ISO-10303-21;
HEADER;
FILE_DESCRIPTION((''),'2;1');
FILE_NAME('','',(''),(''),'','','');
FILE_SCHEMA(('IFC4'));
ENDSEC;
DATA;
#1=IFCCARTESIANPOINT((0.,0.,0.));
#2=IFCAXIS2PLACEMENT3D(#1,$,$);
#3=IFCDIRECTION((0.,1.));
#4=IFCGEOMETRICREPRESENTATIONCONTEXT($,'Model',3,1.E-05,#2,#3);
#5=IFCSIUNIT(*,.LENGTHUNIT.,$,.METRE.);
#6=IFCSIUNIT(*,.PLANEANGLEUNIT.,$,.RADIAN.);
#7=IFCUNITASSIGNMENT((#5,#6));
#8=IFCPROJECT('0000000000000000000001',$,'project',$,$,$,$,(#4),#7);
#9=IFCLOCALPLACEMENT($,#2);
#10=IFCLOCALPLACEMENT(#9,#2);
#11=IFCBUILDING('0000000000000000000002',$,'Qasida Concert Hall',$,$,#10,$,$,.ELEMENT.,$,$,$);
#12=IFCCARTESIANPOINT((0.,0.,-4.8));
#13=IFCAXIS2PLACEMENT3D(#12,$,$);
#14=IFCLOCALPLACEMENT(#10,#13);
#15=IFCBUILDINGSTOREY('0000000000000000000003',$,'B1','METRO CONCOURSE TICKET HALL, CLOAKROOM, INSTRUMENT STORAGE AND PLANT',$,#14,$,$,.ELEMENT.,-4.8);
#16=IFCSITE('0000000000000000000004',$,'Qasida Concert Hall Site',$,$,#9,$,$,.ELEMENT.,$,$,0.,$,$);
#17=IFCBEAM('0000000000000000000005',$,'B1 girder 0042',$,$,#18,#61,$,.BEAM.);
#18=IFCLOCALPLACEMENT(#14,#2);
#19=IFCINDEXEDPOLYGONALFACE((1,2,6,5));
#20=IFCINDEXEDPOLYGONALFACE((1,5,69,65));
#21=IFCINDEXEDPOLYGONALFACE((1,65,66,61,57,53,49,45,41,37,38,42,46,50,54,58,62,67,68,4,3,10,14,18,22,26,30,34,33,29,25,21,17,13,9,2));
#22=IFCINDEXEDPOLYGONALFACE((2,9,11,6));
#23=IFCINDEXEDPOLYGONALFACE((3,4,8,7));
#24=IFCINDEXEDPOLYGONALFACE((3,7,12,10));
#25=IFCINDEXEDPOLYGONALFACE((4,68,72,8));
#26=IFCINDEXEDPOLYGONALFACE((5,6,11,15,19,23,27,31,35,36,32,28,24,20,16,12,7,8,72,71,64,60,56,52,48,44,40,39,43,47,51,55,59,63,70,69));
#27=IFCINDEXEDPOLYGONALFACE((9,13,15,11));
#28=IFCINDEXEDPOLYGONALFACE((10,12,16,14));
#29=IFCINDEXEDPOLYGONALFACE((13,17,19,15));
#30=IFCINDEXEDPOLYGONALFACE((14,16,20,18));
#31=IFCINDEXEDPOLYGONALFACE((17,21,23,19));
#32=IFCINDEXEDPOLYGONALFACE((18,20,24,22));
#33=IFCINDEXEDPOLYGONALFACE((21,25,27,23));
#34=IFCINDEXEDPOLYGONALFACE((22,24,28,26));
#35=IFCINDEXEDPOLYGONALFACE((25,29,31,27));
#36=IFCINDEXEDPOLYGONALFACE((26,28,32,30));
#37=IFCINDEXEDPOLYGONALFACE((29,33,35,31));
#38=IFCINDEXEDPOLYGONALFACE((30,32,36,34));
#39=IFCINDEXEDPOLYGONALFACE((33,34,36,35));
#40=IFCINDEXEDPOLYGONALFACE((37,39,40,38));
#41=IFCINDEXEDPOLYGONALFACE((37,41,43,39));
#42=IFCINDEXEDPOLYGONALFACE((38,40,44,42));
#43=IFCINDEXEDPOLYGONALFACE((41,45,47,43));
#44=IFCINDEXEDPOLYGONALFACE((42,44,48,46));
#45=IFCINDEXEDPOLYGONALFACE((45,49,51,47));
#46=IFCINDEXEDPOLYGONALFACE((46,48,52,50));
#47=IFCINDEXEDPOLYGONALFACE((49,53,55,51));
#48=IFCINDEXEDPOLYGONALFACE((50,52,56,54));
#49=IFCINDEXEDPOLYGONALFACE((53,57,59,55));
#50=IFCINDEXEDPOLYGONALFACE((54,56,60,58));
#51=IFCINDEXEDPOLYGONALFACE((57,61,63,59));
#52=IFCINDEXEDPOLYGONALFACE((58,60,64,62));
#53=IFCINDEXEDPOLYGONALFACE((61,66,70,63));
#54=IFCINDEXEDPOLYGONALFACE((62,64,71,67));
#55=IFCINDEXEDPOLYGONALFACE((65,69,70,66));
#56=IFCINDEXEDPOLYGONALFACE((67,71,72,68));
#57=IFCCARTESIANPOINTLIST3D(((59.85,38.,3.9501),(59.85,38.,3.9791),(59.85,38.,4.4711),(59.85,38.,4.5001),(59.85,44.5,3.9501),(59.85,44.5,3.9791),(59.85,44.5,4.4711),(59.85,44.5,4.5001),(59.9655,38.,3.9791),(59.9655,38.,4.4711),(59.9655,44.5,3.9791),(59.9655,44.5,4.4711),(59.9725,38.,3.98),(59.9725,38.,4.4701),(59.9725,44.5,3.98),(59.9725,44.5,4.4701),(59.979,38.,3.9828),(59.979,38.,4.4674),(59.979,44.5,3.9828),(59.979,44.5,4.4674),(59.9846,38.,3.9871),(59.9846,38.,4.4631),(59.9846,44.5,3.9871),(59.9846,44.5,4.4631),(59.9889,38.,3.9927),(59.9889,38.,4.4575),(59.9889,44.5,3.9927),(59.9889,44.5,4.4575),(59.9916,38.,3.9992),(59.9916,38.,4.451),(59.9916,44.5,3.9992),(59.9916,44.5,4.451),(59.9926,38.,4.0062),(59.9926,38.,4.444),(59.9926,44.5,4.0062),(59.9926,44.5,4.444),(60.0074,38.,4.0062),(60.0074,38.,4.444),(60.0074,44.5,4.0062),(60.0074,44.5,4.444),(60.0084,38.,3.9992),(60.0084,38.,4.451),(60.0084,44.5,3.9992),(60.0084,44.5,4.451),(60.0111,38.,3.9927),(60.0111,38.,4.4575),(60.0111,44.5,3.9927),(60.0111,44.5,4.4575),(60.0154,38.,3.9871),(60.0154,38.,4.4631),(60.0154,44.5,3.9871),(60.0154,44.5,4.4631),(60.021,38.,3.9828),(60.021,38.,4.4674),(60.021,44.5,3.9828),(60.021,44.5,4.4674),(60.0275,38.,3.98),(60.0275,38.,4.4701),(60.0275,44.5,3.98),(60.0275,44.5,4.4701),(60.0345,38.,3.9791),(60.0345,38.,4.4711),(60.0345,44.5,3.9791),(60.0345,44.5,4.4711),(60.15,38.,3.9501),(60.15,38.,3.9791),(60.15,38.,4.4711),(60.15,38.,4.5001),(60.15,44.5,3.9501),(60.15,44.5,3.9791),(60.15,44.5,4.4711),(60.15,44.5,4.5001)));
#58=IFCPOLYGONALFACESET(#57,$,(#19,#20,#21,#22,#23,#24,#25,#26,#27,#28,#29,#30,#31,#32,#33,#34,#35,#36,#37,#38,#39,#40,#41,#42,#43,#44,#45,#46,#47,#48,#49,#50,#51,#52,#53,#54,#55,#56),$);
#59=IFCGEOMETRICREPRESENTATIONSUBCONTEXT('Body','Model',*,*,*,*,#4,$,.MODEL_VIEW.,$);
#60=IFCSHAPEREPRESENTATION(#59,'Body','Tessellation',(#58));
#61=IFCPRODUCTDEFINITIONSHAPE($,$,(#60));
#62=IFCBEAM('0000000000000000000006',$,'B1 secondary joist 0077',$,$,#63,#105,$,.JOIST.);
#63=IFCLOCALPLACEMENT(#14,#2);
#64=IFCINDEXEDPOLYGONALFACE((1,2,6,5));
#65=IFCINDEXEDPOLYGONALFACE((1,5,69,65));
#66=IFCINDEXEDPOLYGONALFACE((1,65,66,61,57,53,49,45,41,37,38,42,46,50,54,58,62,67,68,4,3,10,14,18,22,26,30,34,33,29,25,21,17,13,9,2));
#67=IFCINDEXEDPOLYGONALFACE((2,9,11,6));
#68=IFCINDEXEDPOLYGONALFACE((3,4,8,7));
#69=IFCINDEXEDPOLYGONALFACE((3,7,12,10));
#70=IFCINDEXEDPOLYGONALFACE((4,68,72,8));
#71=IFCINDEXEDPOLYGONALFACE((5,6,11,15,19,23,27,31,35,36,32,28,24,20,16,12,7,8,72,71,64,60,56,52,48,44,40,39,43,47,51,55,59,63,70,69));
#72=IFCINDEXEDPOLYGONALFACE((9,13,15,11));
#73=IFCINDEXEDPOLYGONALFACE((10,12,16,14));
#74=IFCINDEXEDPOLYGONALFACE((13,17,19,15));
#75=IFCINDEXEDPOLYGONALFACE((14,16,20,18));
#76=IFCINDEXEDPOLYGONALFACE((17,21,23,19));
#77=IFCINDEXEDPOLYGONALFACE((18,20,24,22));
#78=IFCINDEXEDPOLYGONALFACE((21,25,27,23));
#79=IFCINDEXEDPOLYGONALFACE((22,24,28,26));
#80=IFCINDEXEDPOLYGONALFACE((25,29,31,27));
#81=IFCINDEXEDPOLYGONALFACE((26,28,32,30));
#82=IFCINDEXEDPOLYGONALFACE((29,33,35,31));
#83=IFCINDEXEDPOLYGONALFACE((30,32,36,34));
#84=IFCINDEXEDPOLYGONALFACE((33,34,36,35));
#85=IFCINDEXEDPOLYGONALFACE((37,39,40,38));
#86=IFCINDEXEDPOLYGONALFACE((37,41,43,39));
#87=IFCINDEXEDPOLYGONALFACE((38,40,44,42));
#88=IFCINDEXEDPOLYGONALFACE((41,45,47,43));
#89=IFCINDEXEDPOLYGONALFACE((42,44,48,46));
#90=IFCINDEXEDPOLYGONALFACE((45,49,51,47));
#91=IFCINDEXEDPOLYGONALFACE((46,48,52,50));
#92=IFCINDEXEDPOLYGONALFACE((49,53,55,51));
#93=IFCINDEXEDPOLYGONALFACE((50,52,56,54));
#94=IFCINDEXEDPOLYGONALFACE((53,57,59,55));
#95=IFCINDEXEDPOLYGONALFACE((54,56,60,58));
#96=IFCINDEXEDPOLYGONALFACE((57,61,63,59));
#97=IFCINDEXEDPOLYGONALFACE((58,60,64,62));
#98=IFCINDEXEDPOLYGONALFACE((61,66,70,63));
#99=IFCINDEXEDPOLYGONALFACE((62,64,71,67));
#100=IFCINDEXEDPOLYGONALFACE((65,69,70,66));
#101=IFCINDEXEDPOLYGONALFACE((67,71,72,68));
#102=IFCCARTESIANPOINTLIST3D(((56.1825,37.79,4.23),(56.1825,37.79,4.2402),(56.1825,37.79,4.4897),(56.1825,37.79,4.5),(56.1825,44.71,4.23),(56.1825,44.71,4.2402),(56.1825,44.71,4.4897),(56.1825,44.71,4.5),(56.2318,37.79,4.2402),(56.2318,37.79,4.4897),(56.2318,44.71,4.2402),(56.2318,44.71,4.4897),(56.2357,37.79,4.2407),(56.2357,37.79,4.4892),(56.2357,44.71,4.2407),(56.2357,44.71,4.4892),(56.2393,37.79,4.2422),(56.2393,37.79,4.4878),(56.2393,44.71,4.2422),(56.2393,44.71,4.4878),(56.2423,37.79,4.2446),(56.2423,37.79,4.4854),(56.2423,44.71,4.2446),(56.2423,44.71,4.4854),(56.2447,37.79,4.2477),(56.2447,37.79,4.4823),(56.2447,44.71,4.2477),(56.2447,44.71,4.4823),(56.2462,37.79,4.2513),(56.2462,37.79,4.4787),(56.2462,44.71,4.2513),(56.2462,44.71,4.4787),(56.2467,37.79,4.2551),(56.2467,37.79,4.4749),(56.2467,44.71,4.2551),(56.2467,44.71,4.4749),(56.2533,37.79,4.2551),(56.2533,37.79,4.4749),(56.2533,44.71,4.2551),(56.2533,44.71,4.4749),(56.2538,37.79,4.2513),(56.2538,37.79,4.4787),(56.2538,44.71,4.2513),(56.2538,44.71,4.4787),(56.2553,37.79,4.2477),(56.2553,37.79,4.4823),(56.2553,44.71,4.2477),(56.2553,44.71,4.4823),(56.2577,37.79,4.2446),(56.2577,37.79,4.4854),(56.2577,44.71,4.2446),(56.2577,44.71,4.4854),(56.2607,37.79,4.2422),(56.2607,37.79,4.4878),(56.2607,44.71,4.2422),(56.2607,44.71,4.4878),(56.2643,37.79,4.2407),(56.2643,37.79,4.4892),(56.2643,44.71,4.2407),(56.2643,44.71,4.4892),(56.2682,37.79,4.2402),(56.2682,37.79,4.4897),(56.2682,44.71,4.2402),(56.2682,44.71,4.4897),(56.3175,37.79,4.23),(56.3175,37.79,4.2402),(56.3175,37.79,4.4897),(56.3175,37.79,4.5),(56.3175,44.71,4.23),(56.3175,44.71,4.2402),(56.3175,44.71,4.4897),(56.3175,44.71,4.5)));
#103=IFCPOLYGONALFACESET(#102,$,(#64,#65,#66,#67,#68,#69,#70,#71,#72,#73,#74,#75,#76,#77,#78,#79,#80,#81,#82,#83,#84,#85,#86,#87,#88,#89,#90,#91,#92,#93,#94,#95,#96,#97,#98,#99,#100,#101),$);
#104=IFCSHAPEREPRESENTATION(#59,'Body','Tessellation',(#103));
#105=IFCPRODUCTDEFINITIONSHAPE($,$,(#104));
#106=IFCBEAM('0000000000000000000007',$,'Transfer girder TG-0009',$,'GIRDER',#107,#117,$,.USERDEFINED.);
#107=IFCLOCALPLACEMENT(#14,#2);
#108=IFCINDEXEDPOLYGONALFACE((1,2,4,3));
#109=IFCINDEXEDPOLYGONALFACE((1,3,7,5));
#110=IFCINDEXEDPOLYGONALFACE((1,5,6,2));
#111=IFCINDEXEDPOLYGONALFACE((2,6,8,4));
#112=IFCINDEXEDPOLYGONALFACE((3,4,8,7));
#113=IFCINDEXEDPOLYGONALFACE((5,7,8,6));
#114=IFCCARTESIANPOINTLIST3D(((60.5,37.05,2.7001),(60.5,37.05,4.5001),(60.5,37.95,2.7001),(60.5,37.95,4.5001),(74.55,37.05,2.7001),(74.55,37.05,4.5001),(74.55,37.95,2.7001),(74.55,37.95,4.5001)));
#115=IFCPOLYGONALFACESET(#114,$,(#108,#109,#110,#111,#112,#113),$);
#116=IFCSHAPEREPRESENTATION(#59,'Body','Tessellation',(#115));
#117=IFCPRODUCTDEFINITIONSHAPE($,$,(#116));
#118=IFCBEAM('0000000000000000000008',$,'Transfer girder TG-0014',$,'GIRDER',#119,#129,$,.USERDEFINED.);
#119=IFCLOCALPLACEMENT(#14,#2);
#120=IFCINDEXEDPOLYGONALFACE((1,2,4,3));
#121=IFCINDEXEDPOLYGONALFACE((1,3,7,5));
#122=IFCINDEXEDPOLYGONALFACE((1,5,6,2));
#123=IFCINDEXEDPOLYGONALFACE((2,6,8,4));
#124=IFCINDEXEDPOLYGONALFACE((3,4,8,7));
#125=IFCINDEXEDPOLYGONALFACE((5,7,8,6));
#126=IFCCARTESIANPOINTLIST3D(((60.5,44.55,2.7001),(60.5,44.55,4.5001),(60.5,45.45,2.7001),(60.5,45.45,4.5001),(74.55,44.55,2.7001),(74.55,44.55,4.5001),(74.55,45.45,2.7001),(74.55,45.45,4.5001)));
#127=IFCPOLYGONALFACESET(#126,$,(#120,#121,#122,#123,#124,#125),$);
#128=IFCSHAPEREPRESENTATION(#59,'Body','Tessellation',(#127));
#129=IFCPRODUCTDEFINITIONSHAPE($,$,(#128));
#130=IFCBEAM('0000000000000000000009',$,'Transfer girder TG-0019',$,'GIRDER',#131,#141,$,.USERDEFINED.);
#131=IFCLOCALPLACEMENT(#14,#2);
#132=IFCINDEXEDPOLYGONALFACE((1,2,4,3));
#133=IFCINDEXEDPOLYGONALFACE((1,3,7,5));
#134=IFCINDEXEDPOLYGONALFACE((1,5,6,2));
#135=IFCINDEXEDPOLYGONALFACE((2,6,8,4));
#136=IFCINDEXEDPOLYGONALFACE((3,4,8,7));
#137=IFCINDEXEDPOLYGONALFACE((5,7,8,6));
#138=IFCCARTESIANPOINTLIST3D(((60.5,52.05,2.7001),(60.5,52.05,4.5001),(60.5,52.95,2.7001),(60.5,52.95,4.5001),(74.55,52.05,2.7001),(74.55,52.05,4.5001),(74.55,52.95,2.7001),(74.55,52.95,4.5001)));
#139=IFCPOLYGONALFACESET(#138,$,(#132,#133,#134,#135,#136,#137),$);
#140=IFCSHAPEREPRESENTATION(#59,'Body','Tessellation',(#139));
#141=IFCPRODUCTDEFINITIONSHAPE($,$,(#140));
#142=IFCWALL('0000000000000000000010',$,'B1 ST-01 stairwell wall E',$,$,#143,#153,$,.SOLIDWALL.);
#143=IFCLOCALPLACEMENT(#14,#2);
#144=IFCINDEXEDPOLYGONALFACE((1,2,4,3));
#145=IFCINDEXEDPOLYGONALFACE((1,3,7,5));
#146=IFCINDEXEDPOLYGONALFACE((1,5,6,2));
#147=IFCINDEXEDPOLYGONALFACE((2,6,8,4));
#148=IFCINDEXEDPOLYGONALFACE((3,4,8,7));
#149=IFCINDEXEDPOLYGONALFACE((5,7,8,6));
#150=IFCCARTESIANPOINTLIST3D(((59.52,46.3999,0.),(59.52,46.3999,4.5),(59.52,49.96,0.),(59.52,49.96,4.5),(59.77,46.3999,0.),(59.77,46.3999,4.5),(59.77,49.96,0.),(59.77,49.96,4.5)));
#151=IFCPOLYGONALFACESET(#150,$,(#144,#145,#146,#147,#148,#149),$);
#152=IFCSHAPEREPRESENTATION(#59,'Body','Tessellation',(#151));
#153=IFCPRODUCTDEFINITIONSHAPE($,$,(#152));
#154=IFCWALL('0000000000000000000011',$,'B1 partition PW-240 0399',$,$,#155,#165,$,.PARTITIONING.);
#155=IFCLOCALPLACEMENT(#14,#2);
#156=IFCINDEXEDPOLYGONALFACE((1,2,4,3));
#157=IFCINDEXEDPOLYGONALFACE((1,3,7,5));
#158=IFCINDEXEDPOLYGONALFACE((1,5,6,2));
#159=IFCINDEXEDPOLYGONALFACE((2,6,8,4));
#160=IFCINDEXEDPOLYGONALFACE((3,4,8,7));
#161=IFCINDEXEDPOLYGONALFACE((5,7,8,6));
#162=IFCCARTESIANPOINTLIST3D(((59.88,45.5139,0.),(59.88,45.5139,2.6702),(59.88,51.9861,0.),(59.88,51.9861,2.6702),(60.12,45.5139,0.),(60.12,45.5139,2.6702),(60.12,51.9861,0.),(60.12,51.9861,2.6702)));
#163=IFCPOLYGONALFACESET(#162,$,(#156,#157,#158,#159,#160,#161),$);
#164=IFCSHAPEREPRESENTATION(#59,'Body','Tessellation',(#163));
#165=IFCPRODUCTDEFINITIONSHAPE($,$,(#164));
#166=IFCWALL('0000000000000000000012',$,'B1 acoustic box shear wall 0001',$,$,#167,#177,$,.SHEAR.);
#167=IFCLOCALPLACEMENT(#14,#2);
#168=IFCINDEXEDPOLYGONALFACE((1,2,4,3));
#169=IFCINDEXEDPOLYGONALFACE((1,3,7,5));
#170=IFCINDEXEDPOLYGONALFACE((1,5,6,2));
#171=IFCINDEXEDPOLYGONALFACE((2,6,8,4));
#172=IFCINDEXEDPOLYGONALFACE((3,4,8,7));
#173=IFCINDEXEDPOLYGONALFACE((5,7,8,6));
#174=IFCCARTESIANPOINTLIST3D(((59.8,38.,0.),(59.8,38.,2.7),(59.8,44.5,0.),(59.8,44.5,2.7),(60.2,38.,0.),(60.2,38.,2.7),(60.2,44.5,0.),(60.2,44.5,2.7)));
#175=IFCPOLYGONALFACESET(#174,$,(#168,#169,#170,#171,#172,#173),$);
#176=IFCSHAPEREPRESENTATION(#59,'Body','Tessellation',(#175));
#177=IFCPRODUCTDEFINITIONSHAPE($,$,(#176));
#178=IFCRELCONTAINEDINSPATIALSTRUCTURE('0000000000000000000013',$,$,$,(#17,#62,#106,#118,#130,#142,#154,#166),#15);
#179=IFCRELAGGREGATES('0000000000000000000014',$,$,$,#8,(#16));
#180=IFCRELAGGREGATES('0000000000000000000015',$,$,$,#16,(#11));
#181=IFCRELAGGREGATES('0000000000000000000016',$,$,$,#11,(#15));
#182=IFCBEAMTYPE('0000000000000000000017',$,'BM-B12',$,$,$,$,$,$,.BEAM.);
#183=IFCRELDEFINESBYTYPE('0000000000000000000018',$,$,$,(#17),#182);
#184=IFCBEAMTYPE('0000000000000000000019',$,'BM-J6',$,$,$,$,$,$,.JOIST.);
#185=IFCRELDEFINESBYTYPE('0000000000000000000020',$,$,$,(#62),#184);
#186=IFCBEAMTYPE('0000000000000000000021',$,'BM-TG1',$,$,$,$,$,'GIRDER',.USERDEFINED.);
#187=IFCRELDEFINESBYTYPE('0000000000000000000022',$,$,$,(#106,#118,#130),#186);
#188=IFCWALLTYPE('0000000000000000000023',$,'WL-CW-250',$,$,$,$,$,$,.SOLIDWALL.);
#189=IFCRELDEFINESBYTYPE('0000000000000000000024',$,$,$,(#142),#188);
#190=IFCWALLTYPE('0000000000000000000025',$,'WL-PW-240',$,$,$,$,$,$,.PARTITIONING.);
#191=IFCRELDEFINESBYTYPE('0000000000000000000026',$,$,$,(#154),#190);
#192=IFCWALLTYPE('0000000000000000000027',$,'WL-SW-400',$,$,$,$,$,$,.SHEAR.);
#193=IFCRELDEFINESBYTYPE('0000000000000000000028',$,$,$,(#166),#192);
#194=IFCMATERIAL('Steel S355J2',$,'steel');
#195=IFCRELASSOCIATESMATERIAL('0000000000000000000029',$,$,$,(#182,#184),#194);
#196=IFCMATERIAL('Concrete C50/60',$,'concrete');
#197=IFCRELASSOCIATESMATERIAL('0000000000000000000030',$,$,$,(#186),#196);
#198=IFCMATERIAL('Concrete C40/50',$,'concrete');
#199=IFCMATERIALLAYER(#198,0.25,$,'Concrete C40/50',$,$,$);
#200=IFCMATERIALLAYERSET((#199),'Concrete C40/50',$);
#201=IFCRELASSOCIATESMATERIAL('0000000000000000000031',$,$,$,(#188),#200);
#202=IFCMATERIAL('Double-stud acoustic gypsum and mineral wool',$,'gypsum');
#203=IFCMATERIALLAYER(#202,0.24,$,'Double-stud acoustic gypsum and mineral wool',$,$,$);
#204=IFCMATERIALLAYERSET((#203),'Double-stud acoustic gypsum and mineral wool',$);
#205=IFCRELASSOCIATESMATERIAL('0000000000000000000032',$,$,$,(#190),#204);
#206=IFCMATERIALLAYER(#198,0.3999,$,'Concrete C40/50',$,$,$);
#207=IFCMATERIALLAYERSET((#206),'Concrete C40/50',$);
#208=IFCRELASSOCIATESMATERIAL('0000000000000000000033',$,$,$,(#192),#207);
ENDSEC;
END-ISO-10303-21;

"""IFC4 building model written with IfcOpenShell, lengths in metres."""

from ifc_helpers import new_model, si_unit, direction, frame, frame_2d, origin, origin_2d, place, context, subcontext, project, spatial, rectangle, i_section, extrude, material, layer, layer_set, material_profile, profile_set, type_object, element, save


model = new_model("IFC4")

# Units and contexts
model_context = context("Model", 3, precision=1e-05, world=origin(), true_north=direction((0.0, 1.0)))
body_context = subcontext(model_context, "Body", "Model", "MODEL_VIEW")
ifc_project = project(units=[si_unit("LENGTHUNIT", "METRE"), si_unit("PLANEANGLEUNIT", "RADIAN")], contexts=[model_context])

# Site, building, storey
site_placement = place(None, origin())
site = spatial("IfcSite", under=ifc_project, at=site_placement, Name="Qasida Concert Hall Site", CompositionType="ELEMENT", RefElevation=0.0)
building_placement = place(site_placement, origin())
building = spatial("IfcBuilding", under=site, at=building_placement, Name="Qasida Concert Hall", CompositionType="ELEMENT")
storey_placement = place(building_placement, frame((0.0, 0.0, -4.8)))
storey = spatial("IfcBuildingStorey", under=building, at=storey_placement, Name="B1", Description="METRO CONCOURSE TICKET HALL, CLOAKROOM, INSTRUMENT STORAGE AND PLANT", CompositionType="ELEMENT", Elevation=-4.8)

# Shared definitions
ifc_material_1 = material(Name="Concrete C40/50", Category="concrete")

# Shared definitions
ifc_material_2 = material(Name="Concrete C50/60", Category="concrete")

# Beams
ifc_material_3 = material(Name="Steel S355J2", Category="steel")
ifc_material_profile_1 = material_profile(ifc_material_3, i_section(OverallWidth=0.3, OverallDepth=0.55, WebThickness=0.0149, FlangeThickness=0.0291, FilletRadius=0.0271, at=origin_2d()), Name="HEB 550")
ifc_profile_set_1 = profile_set([ifc_material_profile_1], Name="Steel S355J2")
beam_type_1 = type_object("IfcBeamType", Name="BM-B12", PredefinedType="BEAM", material=ifc_profile_set_1)
beam_1_placement = place(storey_placement, frame((60.0, 38.0, 4.2251), z_axis=(0.0, 1.0, 0.0), x_axis=(-1.0, 0.0, 0.0)))
element("IfcBeam", 1, at=beam_1_placement, inside=storey, type_object=beam_type_1, Name="B1 girder 0042", PredefinedType="BEAM", context=body_context, shape_type="SweptSolid", body=[
    extrude(i_section(OverallWidth=0.3, OverallDepth=0.55, WebThickness=0.0149, FlangeThickness=0.0291, FilletRadius=0.0271, at=origin_2d()), origin(), (0.0, 0.0, 1.0), 6.5),
])
ifc_material_profile_2 = material_profile(ifc_material_3, i_section(OverallWidth=0.135, OverallDepth=0.27, WebThickness=0.0066, FlangeThickness=0.0103, FilletRadius=0.0149, at=origin_2d()), Name="IPE 270")
ifc_profile_set_2 = profile_set([ifc_material_profile_2], Name="Steel S355J2")
beam_type_2 = type_object("IfcBeamType", Name="BM-J6", PredefinedType="JOIST", material=ifc_profile_set_2)
beam_2_placement = place(storey_placement, frame((56.25, 37.79, 4.365), z_axis=(0.0, 1.0, 0.0), x_axis=(-1.0, 0.0, 0.0)))
element("IfcBeam", 2, at=beam_2_placement, inside=storey, type_object=beam_type_2, Name="B1 secondary joist 0077", PredefinedType="JOIST", context=body_context, shape_type="SweptSolid", body=[
    extrude(i_section(OverallWidth=0.135, OverallDepth=0.27, WebThickness=0.0066, FlangeThickness=0.0103, FilletRadius=0.0149, at=origin_2d()), origin(), (0.0, 0.0, 1.0), 6.9199),
])
ifc_material_profile_3 = material_profile(ifc_material_2, rectangle(XDim=0.8999, YDim=1.8, at=origin_2d()), Name="RC 900x1800")
ifc_profile_set_3 = profile_set([ifc_material_profile_3], Name="Concrete C50/60")
beam_type_3 = type_object("IfcBeamType", Name="BM-TG1", ElementType="GIRDER", PredefinedType="USERDEFINED", material=ifc_profile_set_3)
for number, where, z_axis, x_axis, name in (
    (3, (60.5, 37.5, 3.6001), (1.0, 0.0, 0.0), (0.0, 1.0, 0.0), "Transfer girder TG-0009"),
    (4, (60.5, 45.0, 3.6001), (1.0, 0.0, 0.0), (0.0, 1.0, 0.0), "Transfer girder TG-0014"),
    (5, (60.5, 52.5, 3.6001), (1.0, 0.0, 0.0), (0.0, 1.0, 0.0), "Transfer girder TG-0019"),
):
    element("IfcBeam", number, at=place(storey_placement, frame(where, z_axis=z_axis, x_axis=x_axis)), inside=storey, type_object=beam_type_3, Name=name, ObjectType="GIRDER", PredefinedType="USERDEFINED", context=body_context, shape_type="SweptSolid", body=[
        extrude(rectangle(XDim=0.8999, YDim=1.8, at=origin_2d()), origin(), (0.0, 0.0, 1.0), 14.05),
    ])

# Walls
ifc_layer_1 = layer(ifc_material_1, 0.25, Name="Concrete C40/50")
ifc_layer_set_1 = layer_set([ifc_layer_1], Name="Concrete C40/50")
wall_type_1 = type_object("IfcWallType", Name="WL-CW-250", PredefinedType="SOLIDWALL", material=ifc_layer_set_1)
wall_1_placement = place(storey_placement, frame((59.645, 46.3999, 0.0), z_axis=(0.0, 0.0, 1.0), x_axis=(0.0, 1.0, 0.0)))
element("IfcWall", 6, at=wall_1_placement, inside=storey, type_object=wall_type_1, Name="B1 ST-01 stairwell wall E", PredefinedType="SOLIDWALL", context=body_context, shape_type="SweptSolid", body=[
    extrude(rectangle(XDim=3.5601, YDim=0.25, at=frame_2d((1.78, 0.0))), origin(), (0.0, 0.0, 1.0), 4.5),
])
ifc_material_4 = material(Name="Double-stud acoustic gypsum and mineral wool", Category="gypsum")
ifc_layer_2 = layer(ifc_material_4, 0.24, Name="Double-stud acoustic gypsum and mineral wool")
ifc_layer_set_2 = layer_set([ifc_layer_2], Name="Double-stud acoustic gypsum and mineral wool")
wall_type_2 = type_object("IfcWallType", Name="WL-PW-240", PredefinedType="PARTITIONING", material=ifc_layer_set_2)
wall_2_placement = place(storey_placement, frame((60.0, 45.5139, 0.0), z_axis=(0.0, 0.0, 1.0), x_axis=(0.0, 1.0, 0.0)))
element("IfcWall", 7, at=wall_2_placement, inside=storey, type_object=wall_type_2, Name="B1 partition PW-240 0399", PredefinedType="PARTITIONING", context=body_context, shape_type="SweptSolid", body=[
    extrude(rectangle(XDim=6.4722, YDim=0.24, at=frame_2d((3.2361, 0.0))), origin(), (0.0, 0.0, 1.0), 2.6702),
])
ifc_layer_3 = layer(ifc_material_1, 0.3999, Name="Concrete C40/50")
ifc_layer_set_3 = layer_set([ifc_layer_3], Name="Concrete C40/50")
wall_type_3 = type_object("IfcWallType", Name="WL-SW-400", PredefinedType="SHEAR", material=ifc_layer_set_3)
wall_3_placement = place(storey_placement, frame((60.0, 38.0, 0.0), z_axis=(0.0, 0.0, 1.0), x_axis=(0.0, 1.0, 0.0)))
element("IfcWall", 8, at=wall_3_placement, inside=storey, type_object=wall_type_3, Name="B1 acoustic box shear wall 0001", PredefinedType="SHEAR", context=body_context, shape_type="SweptSolid", body=[
    extrude(rectangle(XDim=6.5, YDim=0.3999, at=frame_2d((3.25, 0.0))), origin(), (0.0, 0.0, 1.0), 2.7),
])

save(model, "model.ifc")
